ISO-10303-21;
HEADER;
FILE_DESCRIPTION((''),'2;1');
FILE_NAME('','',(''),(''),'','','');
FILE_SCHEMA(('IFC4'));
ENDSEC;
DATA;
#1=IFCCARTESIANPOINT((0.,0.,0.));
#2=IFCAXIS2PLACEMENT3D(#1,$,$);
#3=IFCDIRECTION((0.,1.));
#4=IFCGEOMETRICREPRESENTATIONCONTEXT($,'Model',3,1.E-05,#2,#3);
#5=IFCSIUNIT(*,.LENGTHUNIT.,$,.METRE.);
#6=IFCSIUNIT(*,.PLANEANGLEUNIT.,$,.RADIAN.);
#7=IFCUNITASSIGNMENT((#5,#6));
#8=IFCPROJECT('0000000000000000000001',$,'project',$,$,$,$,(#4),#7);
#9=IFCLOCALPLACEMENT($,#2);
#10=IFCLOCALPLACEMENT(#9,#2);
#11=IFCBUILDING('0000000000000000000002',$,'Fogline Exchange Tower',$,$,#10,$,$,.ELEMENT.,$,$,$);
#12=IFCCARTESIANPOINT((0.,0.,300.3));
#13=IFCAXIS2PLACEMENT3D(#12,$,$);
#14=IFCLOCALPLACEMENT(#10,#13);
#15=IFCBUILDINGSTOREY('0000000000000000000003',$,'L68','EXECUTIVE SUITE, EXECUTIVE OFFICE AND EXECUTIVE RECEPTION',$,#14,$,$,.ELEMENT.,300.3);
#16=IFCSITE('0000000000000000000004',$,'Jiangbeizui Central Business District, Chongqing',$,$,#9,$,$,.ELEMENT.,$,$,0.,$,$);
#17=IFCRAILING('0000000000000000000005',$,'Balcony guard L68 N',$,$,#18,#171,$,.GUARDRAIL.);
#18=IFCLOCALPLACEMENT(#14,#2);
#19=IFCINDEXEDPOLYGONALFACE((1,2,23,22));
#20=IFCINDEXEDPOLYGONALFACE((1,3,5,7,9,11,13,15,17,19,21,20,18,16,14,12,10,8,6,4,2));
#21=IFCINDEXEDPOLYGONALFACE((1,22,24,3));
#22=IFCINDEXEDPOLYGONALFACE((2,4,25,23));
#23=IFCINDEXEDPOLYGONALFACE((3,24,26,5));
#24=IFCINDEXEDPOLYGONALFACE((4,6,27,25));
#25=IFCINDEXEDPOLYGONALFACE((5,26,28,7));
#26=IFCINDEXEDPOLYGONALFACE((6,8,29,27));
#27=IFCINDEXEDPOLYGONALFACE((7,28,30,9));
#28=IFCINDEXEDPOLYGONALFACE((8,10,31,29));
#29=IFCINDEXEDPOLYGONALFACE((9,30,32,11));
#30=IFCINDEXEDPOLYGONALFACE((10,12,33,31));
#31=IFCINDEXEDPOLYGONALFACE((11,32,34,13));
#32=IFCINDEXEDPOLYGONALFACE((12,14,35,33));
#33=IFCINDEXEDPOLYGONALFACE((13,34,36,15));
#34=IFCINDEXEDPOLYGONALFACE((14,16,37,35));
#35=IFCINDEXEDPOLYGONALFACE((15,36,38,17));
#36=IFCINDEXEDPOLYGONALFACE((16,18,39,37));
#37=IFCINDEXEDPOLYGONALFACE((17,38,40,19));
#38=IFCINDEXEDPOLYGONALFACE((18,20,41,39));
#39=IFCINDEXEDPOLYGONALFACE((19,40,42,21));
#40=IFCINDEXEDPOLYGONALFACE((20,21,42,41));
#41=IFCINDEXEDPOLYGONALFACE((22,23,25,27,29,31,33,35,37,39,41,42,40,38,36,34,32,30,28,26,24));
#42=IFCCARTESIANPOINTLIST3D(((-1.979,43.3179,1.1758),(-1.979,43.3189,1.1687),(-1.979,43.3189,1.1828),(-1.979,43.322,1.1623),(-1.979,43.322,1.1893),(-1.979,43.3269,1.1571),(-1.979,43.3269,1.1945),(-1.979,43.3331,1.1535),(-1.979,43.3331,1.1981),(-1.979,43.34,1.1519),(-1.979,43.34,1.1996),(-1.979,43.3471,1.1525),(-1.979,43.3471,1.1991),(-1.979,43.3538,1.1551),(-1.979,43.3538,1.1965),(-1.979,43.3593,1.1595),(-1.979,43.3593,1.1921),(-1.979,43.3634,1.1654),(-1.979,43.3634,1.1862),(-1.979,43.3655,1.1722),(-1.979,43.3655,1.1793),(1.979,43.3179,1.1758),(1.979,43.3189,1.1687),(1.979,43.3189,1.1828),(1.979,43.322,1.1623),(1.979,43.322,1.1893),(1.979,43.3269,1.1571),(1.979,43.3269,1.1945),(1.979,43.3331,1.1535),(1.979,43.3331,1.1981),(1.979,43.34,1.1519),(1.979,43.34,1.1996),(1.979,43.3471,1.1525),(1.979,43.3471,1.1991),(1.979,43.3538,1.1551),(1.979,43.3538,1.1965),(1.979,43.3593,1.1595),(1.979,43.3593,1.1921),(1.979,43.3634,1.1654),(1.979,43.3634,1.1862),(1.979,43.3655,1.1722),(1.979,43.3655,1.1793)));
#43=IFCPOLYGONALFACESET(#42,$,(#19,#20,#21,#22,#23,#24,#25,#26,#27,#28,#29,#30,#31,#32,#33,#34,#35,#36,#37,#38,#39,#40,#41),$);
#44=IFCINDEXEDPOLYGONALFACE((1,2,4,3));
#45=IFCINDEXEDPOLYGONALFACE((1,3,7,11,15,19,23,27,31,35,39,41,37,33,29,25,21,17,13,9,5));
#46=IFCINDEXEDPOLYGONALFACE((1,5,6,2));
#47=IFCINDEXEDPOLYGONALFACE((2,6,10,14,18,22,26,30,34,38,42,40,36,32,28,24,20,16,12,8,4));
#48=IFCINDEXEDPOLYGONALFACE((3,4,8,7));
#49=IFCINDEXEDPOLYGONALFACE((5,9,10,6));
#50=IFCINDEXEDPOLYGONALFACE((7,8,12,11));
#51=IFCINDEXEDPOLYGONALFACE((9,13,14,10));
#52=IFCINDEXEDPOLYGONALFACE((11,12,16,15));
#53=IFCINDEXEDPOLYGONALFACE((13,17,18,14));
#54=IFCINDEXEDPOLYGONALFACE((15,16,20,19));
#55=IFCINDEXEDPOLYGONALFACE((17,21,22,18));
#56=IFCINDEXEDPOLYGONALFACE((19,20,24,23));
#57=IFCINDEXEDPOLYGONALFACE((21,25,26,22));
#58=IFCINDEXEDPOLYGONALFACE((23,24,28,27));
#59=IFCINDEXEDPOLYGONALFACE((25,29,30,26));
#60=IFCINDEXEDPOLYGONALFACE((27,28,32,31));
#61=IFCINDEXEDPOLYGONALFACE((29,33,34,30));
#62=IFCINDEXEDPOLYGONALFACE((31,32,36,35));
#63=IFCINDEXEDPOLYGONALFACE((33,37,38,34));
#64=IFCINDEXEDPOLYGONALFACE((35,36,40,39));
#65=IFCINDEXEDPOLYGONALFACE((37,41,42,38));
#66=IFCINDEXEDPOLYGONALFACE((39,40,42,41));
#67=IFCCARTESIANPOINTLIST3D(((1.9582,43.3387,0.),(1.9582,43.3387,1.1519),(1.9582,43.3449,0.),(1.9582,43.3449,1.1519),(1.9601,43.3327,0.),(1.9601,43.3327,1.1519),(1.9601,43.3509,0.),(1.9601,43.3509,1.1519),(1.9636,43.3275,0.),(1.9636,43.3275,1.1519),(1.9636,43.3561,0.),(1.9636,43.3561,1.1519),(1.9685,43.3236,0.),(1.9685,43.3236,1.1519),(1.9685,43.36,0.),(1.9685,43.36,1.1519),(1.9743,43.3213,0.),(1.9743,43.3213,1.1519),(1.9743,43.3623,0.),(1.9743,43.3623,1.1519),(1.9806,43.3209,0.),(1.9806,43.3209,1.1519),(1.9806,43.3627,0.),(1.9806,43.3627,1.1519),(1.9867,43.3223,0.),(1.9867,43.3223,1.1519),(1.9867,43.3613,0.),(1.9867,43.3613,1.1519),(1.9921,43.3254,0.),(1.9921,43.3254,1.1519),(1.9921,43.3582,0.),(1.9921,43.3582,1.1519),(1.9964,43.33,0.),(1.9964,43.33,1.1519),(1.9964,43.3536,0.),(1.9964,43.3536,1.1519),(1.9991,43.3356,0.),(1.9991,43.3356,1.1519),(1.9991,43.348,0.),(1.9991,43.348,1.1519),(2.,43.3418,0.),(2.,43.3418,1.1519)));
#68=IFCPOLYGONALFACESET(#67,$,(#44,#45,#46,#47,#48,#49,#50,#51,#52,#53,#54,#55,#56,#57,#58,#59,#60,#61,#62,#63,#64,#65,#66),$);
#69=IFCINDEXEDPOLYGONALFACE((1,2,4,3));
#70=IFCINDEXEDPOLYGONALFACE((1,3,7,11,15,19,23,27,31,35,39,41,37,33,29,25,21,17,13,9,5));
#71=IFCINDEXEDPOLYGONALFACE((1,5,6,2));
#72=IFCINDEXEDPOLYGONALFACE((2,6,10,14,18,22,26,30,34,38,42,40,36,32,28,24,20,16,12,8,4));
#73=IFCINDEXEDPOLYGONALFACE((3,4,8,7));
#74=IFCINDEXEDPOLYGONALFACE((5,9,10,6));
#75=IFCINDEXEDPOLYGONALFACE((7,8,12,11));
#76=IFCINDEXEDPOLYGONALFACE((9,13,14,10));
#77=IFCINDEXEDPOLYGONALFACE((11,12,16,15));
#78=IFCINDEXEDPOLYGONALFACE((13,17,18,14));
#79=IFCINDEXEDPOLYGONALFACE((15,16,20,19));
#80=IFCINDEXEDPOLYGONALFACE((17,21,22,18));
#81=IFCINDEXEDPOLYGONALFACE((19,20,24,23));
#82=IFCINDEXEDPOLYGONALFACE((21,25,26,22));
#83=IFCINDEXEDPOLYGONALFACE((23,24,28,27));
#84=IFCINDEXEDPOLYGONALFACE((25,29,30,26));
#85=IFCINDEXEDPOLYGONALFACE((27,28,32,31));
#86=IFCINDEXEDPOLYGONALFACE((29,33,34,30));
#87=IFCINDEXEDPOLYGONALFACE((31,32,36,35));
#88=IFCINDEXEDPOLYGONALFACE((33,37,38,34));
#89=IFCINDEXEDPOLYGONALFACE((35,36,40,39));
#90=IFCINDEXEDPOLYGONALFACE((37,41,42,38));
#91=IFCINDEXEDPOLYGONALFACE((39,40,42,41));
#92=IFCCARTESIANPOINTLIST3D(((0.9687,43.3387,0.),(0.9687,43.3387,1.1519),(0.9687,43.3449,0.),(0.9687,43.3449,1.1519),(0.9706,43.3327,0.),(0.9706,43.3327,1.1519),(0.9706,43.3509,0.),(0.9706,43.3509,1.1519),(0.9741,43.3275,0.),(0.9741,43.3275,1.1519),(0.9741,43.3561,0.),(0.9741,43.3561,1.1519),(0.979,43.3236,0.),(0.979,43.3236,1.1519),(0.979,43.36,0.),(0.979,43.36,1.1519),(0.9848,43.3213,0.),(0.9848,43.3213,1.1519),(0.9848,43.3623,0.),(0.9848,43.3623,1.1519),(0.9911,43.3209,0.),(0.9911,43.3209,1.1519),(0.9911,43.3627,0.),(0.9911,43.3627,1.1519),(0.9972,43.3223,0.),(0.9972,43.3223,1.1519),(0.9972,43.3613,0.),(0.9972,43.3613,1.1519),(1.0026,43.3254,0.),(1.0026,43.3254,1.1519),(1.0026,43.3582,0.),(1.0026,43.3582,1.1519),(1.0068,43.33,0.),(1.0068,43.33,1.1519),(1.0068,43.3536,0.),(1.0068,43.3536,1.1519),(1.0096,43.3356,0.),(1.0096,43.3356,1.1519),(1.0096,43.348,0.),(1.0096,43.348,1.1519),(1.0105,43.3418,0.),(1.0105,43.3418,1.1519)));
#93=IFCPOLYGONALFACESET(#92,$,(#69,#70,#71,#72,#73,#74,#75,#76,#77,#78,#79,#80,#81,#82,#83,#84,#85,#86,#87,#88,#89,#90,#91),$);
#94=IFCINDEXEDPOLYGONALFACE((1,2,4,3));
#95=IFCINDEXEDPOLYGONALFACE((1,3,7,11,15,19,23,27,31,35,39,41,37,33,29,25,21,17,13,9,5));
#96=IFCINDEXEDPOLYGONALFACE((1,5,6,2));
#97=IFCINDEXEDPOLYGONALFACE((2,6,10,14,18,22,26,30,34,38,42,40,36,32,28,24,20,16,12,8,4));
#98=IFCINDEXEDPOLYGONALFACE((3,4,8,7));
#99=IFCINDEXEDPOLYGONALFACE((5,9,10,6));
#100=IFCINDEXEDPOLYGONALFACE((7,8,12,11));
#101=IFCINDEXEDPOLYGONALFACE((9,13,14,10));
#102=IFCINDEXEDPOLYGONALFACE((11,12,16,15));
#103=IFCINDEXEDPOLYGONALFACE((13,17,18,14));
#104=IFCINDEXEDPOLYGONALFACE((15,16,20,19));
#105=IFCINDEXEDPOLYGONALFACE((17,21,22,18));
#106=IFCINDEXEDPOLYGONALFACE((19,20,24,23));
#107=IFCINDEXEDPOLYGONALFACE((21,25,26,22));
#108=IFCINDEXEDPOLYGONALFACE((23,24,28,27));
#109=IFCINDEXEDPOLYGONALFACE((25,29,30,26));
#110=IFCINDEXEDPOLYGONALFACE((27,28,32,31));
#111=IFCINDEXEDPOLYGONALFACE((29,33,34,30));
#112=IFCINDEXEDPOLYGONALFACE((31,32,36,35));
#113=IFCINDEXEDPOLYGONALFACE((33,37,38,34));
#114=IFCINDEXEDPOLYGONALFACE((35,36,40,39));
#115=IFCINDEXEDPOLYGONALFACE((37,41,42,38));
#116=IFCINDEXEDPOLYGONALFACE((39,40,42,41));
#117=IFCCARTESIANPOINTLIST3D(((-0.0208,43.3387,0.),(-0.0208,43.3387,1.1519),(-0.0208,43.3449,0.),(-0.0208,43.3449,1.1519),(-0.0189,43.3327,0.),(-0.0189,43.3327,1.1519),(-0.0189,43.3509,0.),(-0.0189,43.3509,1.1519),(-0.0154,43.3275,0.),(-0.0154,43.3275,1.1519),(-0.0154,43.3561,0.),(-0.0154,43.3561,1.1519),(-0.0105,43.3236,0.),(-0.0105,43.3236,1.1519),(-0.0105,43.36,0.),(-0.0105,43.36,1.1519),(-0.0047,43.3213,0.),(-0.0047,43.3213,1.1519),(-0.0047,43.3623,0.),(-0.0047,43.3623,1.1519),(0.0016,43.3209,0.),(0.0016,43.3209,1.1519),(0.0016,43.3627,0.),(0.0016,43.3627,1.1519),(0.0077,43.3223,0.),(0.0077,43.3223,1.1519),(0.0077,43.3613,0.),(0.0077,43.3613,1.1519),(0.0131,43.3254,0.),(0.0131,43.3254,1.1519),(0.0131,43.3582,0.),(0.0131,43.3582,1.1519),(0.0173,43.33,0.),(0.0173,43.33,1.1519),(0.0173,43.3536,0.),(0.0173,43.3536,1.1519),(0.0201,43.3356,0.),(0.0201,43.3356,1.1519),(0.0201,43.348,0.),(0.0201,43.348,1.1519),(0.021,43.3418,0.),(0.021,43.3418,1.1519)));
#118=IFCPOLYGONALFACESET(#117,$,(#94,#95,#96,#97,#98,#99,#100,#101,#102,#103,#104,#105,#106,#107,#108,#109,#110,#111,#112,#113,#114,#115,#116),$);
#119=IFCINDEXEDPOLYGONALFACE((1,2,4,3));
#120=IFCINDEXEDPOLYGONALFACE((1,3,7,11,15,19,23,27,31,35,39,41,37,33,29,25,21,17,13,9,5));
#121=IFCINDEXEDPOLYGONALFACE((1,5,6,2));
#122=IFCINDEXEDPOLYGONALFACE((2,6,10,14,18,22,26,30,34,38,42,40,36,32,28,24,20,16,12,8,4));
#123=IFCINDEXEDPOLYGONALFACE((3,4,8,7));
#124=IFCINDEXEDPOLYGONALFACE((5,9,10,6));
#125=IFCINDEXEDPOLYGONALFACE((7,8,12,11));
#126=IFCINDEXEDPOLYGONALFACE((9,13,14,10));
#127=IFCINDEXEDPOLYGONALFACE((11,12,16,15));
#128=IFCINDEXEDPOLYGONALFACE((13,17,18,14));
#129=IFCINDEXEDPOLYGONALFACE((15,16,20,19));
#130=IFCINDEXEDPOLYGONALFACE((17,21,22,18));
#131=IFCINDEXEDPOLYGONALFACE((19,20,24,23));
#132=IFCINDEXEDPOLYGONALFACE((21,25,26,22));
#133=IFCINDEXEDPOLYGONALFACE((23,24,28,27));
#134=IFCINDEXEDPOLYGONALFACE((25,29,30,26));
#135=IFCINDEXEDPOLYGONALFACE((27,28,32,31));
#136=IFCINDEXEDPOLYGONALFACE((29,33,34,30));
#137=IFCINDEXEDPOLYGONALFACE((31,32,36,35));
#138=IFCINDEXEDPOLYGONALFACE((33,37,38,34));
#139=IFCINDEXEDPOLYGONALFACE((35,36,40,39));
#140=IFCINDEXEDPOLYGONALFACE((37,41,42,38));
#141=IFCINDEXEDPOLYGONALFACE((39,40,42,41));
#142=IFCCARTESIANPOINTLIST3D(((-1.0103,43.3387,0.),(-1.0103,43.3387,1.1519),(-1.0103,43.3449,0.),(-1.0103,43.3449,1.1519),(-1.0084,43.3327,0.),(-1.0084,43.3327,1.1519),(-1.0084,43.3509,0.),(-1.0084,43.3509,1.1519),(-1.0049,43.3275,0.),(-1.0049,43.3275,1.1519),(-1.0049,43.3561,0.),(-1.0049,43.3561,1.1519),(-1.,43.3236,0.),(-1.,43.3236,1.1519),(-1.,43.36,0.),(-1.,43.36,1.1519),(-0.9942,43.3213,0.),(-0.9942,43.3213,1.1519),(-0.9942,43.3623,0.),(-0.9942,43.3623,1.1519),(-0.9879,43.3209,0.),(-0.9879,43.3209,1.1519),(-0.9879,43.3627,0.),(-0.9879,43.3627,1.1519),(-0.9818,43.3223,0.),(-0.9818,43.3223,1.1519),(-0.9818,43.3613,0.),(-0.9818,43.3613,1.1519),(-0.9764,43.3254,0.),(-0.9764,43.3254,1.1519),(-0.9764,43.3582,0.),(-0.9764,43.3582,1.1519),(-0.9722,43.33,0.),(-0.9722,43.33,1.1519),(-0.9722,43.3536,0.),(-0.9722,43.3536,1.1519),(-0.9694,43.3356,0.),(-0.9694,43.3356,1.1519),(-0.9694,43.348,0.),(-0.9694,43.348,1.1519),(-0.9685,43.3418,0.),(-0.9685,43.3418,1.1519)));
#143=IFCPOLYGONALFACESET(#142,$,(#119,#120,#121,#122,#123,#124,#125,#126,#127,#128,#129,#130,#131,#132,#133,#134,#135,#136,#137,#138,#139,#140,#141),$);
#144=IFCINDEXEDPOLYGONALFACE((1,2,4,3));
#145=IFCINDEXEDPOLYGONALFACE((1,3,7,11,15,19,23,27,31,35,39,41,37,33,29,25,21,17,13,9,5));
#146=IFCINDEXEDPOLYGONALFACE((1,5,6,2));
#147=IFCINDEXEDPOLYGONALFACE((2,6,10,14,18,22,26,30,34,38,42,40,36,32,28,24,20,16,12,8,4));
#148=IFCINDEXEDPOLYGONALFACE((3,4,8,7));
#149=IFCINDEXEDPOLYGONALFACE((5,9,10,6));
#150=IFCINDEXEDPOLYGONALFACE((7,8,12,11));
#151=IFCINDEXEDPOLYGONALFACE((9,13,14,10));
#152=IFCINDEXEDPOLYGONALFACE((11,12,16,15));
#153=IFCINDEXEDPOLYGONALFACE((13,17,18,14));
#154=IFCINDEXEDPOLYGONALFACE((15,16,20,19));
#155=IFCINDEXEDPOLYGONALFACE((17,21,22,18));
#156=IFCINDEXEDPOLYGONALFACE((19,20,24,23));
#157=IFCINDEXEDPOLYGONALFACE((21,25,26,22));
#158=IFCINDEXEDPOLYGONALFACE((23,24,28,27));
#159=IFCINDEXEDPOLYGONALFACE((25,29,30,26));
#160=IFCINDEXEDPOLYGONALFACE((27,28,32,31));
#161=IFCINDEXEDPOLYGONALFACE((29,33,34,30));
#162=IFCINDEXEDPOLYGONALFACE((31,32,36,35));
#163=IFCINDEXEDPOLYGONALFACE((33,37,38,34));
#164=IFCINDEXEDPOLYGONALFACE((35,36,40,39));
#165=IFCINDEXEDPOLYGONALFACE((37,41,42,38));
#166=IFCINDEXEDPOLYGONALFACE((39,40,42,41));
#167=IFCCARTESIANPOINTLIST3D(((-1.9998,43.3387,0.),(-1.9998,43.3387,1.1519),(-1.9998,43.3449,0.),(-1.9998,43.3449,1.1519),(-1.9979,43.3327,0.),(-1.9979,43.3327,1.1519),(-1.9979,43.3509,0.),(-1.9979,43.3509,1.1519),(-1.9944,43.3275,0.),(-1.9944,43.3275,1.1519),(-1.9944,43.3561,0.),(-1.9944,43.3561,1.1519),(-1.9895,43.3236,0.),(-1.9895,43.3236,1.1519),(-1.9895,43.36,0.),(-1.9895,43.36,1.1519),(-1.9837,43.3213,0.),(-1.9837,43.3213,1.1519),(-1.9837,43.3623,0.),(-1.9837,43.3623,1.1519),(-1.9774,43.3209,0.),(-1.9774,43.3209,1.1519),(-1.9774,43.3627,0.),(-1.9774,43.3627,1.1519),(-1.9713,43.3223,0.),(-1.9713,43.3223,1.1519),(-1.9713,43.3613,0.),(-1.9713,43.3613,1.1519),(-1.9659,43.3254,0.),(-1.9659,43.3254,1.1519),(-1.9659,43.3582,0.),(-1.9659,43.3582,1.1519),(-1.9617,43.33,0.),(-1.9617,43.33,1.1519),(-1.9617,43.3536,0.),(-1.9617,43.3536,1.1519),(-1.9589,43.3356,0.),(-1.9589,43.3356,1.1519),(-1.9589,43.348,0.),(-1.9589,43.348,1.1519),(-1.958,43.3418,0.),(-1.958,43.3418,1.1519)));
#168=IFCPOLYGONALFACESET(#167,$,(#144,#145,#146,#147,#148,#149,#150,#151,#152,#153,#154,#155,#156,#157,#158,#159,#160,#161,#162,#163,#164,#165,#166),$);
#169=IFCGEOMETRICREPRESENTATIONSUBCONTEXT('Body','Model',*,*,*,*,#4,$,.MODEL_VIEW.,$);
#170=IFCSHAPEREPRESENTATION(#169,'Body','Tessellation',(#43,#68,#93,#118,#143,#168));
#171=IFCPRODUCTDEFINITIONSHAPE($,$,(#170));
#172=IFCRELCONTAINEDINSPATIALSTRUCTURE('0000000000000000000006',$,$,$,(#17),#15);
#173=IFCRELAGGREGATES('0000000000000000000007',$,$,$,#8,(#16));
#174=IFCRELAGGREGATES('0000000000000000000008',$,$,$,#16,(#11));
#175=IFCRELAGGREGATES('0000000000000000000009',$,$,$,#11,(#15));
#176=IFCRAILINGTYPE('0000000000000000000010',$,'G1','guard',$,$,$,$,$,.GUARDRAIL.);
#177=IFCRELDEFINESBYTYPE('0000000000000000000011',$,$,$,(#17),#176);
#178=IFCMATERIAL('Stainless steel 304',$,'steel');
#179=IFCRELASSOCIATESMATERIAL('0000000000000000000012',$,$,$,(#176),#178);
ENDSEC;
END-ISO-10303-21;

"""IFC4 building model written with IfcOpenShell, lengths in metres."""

from ifc_helpers import new_model, si_unit, direction, frame, origin, origin_2d, place, context, subcontext, project, spatial, circle, extrude, material, type_object, element, save


model = new_model("IFC4")

# Units and contexts
model_context = context("Model", 3, precision=1e-05, world=origin(), true_north=direction((0.0, 1.0)))
body_context = subcontext(model_context, "Body", "Model", "MODEL_VIEW")
ifc_project = project(units=[si_unit("LENGTHUNIT", "METRE"), si_unit("PLANEANGLEUNIT", "RADIAN")], contexts=[model_context])

# Site, building, storey
site_placement = place(None, origin())
site = spatial("IfcSite", under=ifc_project, at=site_placement, Name="Jiangbeizui Central Business District, Chongqing", CompositionType="ELEMENT", RefElevation=0.0)
building_placement = place(site_placement, origin())
building = spatial("IfcBuilding", under=site, at=building_placement, Name="Fogline Exchange Tower", CompositionType="ELEMENT")
storey_placement = place(building_placement, frame((0.0, 0.0, 300.3)))
storey = spatial("IfcBuildingStorey", under=building, at=storey_placement, Name="L68", Description="EXECUTIVE SUITE, EXECUTIVE OFFICE AND EXECUTIVE RECEPTION", CompositionType="ELEMENT", Elevation=300.3)

# Railing
ifc_material_1 = material(Name="Stainless steel 304", Category="steel")
railing_type = type_object("IfcRailingType", Name="G1", Description="guard", PredefinedType="GUARDRAIL", material=ifc_material_1)
railing_placement = place(storey_placement, frame((1.979, 43.3418, 0.0)))
element("IfcRailing", 1, at=railing_placement, inside=storey, type_object=railing_type, Name="Balcony guard L68 N", PredefinedType="GUARDRAIL", context=body_context, shape_type="SweptSolid", body=[
    extrude(circle(Radius=0.0239, at=origin_2d()), frame((0.0, 0.0, 1.1758), z_axis=(-1.0, 0.0, 0.0), x_axis=(0.0, -1.0, 0.0)), (0.0, 0.0, 1.0), 3.958),
    extrude(circle(Radius=0.021, at=origin_2d()), origin(), (0.0, 0.0, 1.0), 1.1519),
    extrude(circle(Radius=0.021, at=origin_2d()), frame((-0.9895, 0.0, 0.0)), (0.0, 0.0, 1.0), 1.1519),
    extrude(circle(Radius=0.021, at=origin_2d()), frame((-1.979, 0.0, 0.0)), (0.0, 0.0, 1.0), 1.1519),
    extrude(circle(Radius=0.021, at=origin_2d()), frame((-2.9685, 0.0, 0.0)), (0.0, 0.0, 1.0), 1.1519),
    extrude(circle(Radius=0.021, at=origin_2d()), frame((-3.958, 0.0, 0.0)), (0.0, 0.0, 1.0), 1.1519),
])

save(model, "model.ifc")
